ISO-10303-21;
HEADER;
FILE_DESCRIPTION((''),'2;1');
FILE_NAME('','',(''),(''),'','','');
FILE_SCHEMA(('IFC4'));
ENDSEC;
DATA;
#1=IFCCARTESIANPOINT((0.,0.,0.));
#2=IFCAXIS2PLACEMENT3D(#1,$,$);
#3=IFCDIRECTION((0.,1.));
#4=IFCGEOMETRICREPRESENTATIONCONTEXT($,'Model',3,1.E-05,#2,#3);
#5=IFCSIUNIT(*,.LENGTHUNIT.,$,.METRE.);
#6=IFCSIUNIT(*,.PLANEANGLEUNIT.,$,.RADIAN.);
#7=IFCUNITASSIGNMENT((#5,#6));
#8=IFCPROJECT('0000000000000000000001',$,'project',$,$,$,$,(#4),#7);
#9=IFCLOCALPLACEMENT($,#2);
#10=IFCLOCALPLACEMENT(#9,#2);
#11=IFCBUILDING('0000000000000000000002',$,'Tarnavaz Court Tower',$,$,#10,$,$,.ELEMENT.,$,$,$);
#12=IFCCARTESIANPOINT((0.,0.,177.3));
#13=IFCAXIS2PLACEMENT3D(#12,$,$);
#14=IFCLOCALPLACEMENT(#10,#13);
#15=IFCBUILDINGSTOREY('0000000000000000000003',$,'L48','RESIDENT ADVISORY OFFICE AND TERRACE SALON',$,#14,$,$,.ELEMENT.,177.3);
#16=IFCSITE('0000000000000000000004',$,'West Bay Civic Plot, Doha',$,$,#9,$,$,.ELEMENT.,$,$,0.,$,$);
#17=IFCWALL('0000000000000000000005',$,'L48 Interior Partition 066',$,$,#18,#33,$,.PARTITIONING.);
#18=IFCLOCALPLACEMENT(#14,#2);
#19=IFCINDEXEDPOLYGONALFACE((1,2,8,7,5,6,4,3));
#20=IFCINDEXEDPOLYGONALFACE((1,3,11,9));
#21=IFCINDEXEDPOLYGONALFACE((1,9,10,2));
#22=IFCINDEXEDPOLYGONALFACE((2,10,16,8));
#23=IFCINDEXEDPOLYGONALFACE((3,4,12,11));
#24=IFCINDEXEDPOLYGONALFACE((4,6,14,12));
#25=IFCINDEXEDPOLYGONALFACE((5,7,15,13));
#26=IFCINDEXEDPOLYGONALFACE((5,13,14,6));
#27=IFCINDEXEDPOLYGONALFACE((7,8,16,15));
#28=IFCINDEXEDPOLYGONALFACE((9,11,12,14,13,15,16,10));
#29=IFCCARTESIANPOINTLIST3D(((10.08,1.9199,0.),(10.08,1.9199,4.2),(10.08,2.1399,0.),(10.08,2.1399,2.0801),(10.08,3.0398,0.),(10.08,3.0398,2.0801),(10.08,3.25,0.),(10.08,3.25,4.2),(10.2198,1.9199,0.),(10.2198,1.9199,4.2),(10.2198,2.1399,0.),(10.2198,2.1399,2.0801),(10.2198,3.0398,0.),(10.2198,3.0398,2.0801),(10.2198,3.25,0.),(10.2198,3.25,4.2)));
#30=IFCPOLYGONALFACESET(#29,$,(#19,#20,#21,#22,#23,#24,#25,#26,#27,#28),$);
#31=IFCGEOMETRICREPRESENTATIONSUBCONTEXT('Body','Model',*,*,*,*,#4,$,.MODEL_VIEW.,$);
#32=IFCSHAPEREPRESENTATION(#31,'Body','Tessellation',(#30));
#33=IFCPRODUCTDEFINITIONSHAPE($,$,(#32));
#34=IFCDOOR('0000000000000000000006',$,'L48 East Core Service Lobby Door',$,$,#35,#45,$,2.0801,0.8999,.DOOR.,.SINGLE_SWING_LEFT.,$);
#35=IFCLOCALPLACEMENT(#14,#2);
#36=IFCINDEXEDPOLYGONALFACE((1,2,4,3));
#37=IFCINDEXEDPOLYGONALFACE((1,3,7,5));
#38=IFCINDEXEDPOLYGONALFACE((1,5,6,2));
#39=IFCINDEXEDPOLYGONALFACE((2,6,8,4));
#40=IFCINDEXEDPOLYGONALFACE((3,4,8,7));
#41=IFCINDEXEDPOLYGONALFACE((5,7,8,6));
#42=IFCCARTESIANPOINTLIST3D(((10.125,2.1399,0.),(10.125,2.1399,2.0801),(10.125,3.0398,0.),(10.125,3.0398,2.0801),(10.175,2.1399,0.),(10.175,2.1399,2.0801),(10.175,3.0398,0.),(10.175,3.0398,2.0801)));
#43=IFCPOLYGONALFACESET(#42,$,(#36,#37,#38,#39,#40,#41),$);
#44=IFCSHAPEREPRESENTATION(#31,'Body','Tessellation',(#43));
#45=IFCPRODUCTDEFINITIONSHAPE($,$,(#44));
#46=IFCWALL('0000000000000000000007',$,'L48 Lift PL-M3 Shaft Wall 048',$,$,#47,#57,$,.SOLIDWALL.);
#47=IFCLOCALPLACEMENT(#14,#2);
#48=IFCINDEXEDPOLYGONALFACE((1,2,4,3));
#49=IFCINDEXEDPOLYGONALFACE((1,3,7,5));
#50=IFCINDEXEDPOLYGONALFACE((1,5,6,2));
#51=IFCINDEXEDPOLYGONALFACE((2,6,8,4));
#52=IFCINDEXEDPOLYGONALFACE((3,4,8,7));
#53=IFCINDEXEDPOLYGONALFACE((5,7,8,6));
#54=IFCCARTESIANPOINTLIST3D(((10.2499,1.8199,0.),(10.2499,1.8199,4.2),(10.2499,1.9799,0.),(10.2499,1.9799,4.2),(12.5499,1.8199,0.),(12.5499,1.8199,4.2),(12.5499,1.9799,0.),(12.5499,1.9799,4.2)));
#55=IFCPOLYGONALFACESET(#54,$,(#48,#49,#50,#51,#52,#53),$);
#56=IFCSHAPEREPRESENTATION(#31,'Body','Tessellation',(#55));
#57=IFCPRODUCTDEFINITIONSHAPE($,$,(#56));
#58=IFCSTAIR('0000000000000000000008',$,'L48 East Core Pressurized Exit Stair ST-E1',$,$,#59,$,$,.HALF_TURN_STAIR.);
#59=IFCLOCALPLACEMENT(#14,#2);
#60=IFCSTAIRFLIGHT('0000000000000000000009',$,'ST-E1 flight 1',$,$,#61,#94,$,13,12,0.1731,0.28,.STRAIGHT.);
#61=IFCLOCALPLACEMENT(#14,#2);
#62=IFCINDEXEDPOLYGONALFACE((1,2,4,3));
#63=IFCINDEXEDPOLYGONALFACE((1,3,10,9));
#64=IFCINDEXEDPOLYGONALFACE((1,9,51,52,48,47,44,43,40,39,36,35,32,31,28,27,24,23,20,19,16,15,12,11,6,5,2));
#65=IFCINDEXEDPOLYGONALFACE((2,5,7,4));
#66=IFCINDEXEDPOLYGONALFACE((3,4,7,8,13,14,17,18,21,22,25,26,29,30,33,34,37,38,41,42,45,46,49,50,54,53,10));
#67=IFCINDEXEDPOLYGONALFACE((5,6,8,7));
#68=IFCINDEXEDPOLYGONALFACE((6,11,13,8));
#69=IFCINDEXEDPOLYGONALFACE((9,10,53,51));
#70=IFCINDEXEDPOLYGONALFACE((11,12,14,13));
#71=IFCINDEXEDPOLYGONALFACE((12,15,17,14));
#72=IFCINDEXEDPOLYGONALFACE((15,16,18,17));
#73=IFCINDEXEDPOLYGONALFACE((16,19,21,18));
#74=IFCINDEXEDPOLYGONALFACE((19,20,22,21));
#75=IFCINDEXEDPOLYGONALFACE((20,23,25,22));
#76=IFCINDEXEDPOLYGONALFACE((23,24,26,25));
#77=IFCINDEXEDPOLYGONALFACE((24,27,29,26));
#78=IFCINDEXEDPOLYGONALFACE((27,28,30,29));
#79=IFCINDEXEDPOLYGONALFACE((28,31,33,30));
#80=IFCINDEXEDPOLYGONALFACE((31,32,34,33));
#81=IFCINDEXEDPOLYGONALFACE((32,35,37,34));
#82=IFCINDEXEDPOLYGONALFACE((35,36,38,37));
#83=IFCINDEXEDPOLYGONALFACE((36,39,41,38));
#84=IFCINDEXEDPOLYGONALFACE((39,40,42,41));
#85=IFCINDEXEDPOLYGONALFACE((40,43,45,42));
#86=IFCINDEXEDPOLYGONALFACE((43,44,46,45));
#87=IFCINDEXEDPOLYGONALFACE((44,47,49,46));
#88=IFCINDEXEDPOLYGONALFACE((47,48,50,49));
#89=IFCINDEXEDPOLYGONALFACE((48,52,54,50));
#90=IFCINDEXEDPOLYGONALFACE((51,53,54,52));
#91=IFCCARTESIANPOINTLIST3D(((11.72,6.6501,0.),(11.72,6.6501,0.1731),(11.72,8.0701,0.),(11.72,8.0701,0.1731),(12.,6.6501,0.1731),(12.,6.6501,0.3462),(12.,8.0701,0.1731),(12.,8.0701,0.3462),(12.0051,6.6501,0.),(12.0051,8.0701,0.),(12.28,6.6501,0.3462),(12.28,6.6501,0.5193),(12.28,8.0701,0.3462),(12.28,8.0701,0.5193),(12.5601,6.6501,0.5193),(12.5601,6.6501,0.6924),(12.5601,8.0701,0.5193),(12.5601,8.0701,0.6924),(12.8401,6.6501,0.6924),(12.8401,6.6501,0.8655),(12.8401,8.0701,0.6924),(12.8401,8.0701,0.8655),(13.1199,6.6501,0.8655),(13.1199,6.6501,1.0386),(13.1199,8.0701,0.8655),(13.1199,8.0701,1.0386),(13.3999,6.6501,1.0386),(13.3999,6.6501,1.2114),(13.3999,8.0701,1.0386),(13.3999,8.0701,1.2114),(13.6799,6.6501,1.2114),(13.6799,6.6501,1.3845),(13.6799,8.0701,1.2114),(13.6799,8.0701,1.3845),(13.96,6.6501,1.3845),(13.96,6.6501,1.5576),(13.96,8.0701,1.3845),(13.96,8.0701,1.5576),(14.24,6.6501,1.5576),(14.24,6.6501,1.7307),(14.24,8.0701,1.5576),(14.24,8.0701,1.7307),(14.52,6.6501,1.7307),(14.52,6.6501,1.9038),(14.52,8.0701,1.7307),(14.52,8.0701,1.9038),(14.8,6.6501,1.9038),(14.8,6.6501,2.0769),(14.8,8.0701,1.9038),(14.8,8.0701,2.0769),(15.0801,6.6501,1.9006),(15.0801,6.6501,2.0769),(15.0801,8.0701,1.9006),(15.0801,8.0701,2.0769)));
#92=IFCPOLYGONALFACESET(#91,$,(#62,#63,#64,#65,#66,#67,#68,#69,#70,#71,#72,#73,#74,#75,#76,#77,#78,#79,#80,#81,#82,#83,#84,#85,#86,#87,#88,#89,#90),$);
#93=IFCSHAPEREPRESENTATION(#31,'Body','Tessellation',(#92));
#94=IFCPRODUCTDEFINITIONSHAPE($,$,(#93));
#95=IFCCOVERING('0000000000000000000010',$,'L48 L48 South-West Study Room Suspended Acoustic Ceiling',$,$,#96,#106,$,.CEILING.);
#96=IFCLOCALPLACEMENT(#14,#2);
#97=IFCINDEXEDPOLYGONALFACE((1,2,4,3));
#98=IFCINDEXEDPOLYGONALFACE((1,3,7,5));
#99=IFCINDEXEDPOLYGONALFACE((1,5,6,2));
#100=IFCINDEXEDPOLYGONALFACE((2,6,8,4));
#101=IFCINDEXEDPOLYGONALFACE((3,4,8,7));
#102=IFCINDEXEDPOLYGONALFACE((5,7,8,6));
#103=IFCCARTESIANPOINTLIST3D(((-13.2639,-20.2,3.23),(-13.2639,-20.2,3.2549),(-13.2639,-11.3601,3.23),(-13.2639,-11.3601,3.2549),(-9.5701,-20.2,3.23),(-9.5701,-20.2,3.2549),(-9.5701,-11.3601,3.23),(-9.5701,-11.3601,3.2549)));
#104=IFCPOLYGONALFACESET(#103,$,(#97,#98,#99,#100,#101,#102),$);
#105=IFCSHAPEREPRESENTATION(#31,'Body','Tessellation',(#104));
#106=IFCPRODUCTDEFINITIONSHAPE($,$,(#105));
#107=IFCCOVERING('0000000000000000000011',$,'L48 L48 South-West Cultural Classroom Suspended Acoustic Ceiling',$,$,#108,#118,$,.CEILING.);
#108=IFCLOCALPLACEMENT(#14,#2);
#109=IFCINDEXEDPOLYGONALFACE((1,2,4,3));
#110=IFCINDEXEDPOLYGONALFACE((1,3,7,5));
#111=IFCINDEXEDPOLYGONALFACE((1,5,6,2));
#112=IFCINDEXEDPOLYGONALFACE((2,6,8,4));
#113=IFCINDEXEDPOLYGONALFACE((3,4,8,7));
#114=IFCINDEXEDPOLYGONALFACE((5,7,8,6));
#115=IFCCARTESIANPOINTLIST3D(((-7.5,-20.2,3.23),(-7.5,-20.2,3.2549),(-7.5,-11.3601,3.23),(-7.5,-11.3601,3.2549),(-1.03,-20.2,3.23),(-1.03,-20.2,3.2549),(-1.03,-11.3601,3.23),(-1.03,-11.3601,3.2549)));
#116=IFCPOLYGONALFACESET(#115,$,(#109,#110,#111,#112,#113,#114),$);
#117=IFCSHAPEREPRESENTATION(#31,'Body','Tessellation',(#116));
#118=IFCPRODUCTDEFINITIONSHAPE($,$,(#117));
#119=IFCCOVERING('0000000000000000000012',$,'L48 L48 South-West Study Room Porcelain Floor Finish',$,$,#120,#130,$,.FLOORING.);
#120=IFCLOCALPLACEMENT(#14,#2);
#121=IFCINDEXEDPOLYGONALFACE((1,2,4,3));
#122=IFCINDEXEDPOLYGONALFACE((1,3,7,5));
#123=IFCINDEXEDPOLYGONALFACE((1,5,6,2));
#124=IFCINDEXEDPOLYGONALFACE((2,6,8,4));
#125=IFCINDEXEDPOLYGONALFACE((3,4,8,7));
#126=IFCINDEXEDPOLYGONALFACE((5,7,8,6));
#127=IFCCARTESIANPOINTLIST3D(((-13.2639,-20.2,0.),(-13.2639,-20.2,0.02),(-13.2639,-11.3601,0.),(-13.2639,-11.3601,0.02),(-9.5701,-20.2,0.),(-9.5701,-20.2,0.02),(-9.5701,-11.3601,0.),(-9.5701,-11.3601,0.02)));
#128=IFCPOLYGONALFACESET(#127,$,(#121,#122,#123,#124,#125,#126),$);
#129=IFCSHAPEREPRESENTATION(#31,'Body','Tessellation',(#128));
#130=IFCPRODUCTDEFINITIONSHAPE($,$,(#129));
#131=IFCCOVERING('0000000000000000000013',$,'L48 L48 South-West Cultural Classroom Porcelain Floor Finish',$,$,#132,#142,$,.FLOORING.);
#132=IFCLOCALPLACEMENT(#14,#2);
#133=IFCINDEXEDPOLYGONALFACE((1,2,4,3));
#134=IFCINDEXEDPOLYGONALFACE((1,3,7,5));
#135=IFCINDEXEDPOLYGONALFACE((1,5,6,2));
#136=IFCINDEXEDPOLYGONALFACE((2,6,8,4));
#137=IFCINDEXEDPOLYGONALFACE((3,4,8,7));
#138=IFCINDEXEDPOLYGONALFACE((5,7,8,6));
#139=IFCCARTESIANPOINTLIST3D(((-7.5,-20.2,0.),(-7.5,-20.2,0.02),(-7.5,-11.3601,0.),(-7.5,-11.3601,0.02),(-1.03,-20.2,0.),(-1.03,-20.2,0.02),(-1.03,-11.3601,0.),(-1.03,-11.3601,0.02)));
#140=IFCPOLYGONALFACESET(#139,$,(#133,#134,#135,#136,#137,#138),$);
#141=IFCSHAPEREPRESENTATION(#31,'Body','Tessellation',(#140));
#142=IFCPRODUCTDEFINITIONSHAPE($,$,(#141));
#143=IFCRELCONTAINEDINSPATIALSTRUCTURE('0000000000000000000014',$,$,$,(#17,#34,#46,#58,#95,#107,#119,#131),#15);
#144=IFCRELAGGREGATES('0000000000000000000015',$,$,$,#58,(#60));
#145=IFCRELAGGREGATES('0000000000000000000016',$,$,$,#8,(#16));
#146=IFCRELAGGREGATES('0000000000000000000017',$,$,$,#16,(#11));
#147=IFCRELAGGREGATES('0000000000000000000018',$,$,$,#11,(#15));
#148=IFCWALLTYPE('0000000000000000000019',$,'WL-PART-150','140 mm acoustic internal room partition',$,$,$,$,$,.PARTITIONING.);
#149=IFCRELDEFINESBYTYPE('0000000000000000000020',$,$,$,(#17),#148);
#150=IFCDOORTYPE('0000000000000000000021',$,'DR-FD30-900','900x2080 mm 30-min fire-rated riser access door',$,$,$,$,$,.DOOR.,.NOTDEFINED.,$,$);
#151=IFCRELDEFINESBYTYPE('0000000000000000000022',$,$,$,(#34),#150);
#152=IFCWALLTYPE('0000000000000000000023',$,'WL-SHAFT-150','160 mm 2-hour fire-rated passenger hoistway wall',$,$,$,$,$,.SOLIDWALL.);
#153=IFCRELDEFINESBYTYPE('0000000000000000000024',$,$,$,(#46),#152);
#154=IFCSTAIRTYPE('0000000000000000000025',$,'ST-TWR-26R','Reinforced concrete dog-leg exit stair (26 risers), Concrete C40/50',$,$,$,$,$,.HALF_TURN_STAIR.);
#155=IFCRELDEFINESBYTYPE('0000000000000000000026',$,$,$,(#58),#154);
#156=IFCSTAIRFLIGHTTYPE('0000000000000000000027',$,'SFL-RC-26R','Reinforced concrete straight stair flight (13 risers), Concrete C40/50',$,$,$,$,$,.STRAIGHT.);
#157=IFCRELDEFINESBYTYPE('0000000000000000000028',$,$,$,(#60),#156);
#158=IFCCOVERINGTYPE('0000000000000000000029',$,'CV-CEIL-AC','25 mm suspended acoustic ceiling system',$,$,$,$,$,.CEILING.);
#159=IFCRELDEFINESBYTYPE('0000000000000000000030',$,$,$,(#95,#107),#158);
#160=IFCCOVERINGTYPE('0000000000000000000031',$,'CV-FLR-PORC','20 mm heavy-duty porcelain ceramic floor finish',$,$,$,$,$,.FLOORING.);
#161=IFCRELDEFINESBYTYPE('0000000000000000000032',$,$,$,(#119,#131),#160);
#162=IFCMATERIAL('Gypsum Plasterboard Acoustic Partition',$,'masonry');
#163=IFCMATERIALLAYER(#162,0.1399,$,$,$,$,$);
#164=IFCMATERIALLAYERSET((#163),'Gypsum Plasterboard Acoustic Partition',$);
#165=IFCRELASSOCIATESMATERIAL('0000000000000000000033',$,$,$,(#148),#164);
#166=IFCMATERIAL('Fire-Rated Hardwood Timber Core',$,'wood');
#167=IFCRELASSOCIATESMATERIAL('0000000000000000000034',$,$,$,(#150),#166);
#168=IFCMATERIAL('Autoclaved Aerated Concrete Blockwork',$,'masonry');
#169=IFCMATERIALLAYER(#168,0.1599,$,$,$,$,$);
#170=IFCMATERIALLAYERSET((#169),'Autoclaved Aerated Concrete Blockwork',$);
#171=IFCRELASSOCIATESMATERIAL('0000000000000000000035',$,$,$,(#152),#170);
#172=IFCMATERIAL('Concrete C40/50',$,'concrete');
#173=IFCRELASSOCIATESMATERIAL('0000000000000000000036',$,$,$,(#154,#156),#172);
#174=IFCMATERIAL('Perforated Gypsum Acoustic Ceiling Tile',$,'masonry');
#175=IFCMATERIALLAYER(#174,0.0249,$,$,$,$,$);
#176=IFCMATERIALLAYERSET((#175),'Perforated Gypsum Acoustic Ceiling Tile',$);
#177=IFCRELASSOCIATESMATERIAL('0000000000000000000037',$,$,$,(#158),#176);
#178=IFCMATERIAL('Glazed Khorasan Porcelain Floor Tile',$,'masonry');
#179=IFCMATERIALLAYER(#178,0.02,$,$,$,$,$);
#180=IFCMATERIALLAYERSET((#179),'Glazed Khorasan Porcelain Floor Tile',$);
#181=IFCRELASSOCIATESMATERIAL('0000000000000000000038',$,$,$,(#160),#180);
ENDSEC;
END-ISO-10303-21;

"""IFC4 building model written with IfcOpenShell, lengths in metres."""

from ifc_helpers import new_model, si_unit, direction, frame, frame_2d, origin, place, context, subcontext, project, spatial, polyline, rectangle, outline, extrude, material, layer, layer_set, type_object, element, fill, aggregate, save


model = new_model("IFC4")

# Units and contexts
model_context = context("Model", 3, precision=1e-05, world=origin(), true_north=direction((0.0, 1.0)))
body_context = subcontext(model_context, "Body", "Model", "MODEL_VIEW")
ifc_project = project(units=[si_unit("LENGTHUNIT", "METRE"), si_unit("PLANEANGLEUNIT", "RADIAN")], contexts=[model_context])

# Site, building, storey
site_placement = place(None, origin())
site = spatial("IfcSite", under=ifc_project, at=site_placement, Name="West Bay Civic Plot, Doha", CompositionType="ELEMENT", RefElevation=0.0)
building_placement = place(site_placement, origin())
building = spatial("IfcBuilding", under=site, at=building_placement, Name="Tarnavaz Court Tower", CompositionType="ELEMENT")
storey_placement = place(building_placement, frame((0.0, 0.0, 177.3)))
storey = spatial("IfcBuildingStorey", under=building, at=storey_placement, Name="L48", Description="RESIDENT ADVISORY OFFICE AND TERRACE SALON", CompositionType="ELEMENT", Elevation=177.3)

# Shared definitions
ifc_material_1 = material(Name="Fire-Rated Hardwood Timber Core", Category="wood")

# Shared definitions
ifc_material_2 = material(Name="Autoclaved Aerated Concrete Blockwork", Category="masonry")

# Wall, opening, door
ifc_material_3 = material(Name="Gypsum Plasterboard Acoustic Partition", Category="masonry")
ifc_layer_1 = layer(ifc_material_3, 0.1399)
ifc_layer_set_1 = layer_set([ifc_layer_1], Name="Gypsum Plasterboard Acoustic Partition")
wall_type_1 = type_object("IfcWallType", Name="WL-PART-150", Description="140 mm acoustic internal room partition", PredefinedType="PARTITIONING", material=ifc_layer_set_1)
wall_1_placement = place(storey_placement, frame((10.1499, 1.9199, 0.0), z_axis=(0.0, 0.0, 1.0), x_axis=(0.0, 1.0, 0.0)))
wall_1 = element("IfcWall", 1, at=wall_1_placement, inside=storey, type_object=wall_type_1, Name="L48 Interior Partition 066", PredefinedType="PARTITIONING", context=body_context, shape_type="SweptSolid", body=[
    extrude(rectangle(XDim=1.3301, YDim=0.1399, at=frame_2d((0.665, 0.0))), origin(), (0.0, 0.0, 1.0), 4.2),
])
opening_1_placement = place(wall_1_placement, frame((0.22, 0.0, 0.0)))
opening_1 = element("IfcOpeningElement", 2, at=opening_1_placement, cuts=wall_1, PredefinedType="OPENING", context=body_context, shape_type="SweptSolid", body=[
    extrude(rectangle(XDim=0.8999, YDim=2.0801, at=frame_2d((0.45, 1.04))), frame((0.0, 0.0798, 0.0), z_axis=(0.0, -1.0, 0.0), x_axis=(1.0, 0.0, 0.0)), (0.0, 0.0, 1.0), 0.1599),
])
door_type_1 = type_object("IfcDoorType", Name="DR-FD30-900", Description="900x2080 mm 30-min fire-rated riser access door", OperationType="NOTDEFINED", PredefinedType="DOOR", material=ifc_material_1)
door_1_placement = place(opening_1_placement, origin())
door_1 = element("IfcDoor", 3, at=door_1_placement, inside=storey, type_object=door_type_1, Name="L48 East Core Service Lobby Door", OperationType="SINGLE_SWING_LEFT", OverallHeight=2.0801, OverallWidth=0.8999, PredefinedType="DOOR", context=body_context, shape_type="SweptSolid", body=[
    extrude(rectangle(XDim=0.8999, YDim=2.0801, at=frame_2d((0.45, 1.04))), frame((0.0, 0.0249, 0.0), z_axis=(0.0, -1.0, 0.0), x_axis=(1.0, 0.0, 0.0)), (0.0, 0.0, 1.0), 0.05),
])
fill(opening_1, door_1)

# Wall
ifc_layer_2 = layer(ifc_material_2, 0.1599)
ifc_layer_set_2 = layer_set([ifc_layer_2], Name="Autoclaved Aerated Concrete Blockwork")
wall_type_2 = type_object("IfcWallType", Name="WL-SHAFT-150", Description="160 mm 2-hour fire-rated passenger hoistway wall", PredefinedType="SOLIDWALL", material=ifc_layer_set_2)
wall_2_placement = place(storey_placement, frame((10.25, 1.8999, 0.0), z_axis=(0.0, 0.0, 1.0), x_axis=(1.0, 0.0, 0.0)))
element("IfcWall", 4, at=wall_2_placement, inside=storey, type_object=wall_type_2, Name="L48 Lift PL-M3 Shaft Wall 048", PredefinedType="SOLIDWALL", context=body_context, shape_type="SweptSolid", body=[
    extrude(rectangle(XDim=2.3, YDim=0.1599, at=frame_2d((1.1499, 0.0))), origin(), (0.0, 0.0, 1.0), 4.2),
])

# Stair, stair flight
ifc_material_4 = material(Name="Concrete C40/50", Category="concrete")
stair_type = type_object("IfcStairType", Name="ST-TWR-26R", Description="Reinforced concrete dog-leg exit stair (26 risers), Concrete C40/50", PredefinedType="HALF_TURN_STAIR", material=ifc_material_4)
stair_placement = place(storey_placement, origin())
stair = element("IfcStair", 5, at=stair_placement, inside=storey, type_object=stair_type, Name="L48 East Core Pressurized Exit Stair ST-E1", PredefinedType="HALF_TURN_STAIR")
stair_flight_type = type_object("IfcStairFlightType", Name="SFL-RC-26R", Description="Reinforced concrete straight stair flight (13 risers), Concrete C40/50", PredefinedType="STRAIGHT", material=ifc_material_4)
stair_flight_placement = place(storey_placement, frame((11.72, 7.3601, 0.0), z_axis=(0.0, 0.0, 1.0), x_axis=(1.0, 0.0, 0.0)))
stair_flight = element("IfcStairFlight", 6, at=stair_flight_placement, type_object=stair_flight_type, Name="ST-E1 flight 1", NumberOfRisers=13, NumberOfTreads=12, PredefinedType="STRAIGHT", RiserHeight=0.1731, TreadLength=0.28, context=body_context, shape_type="SweptSolid", body=[
    extrude(outline(polyline([(0.0, 0.0), (0.0, 0.1731), (0.28, 0.1731), (0.28, 0.3462), (0.5601, 0.3462), (0.5601, 0.5193), (0.8401, 0.5193), (0.8401, 0.6924), (1.1201, 0.6924), (1.1201, 0.8655), (1.3999, 0.8655), (1.3999, 1.0386), (1.6799, 1.0386), (1.6799, 1.2114), (1.96, 1.2114), (1.96, 1.3845), (2.24, 1.3845), (2.24, 1.5576), (2.52, 1.5576), (2.52, 1.7307), (2.8, 1.7307), (2.8, 1.9038), (3.0801, 1.9038), (3.0801, 2.0769), (3.3601, 2.0769), (3.3601, 2.25), (3.3601, 1.9006), (0.2852, 0.0), (0.0, 0.0)])), frame((0.0, 0.71, 0.0), z_axis=(0.0, -1.0, 0.0), x_axis=(1.0, 0.0, 0.0)), (0.0, 0.0, 1.0), 1.4199),
])
aggregate(stair, [stair_flight])

# Coverings
ifc_material_5 = material(Name="Perforated Gypsum Acoustic Ceiling Tile", Category="masonry")
ifc_layer_3 = layer(ifc_material_5, 0.0249)
ifc_layer_set_3 = layer_set([ifc_layer_3], Name="Perforated Gypsum Acoustic Ceiling Tile")
covering_type_1 = type_object("IfcCoveringType", Name="CV-CEIL-AC", Description="25 mm suspended acoustic ceiling system", PredefinedType="CEILING", material=ifc_layer_set_3)
covering_1_placement = place(storey_placement, frame((0.0, 0.0, 3.23)))
element("IfcCovering", 7, at=covering_1_placement, inside=storey, type_object=covering_type_1, Name="L48 L48 South-West Study Room Suspended Acoustic Ceiling", PredefinedType="CEILING", context=body_context, shape_type="SweptSolid", body=[
    extrude(outline(polyline([(-13.2639, -20.2), (-9.5701, -20.2), (-9.5701, -11.3601), (-13.2639, -11.3601), (-13.2639, -20.2)])), origin(), (0.0, 0.0, 1.0), 0.0249),
])
covering_2_placement = place(storey_placement, frame((0.0, 0.0, 3.23)))
element("IfcCovering", 8, at=covering_2_placement, inside=storey, type_object=covering_type_1, Name="L48 L48 South-West Cultural Classroom Suspended Acoustic Ceiling", PredefinedType="CEILING", context=body_context, shape_type="SweptSolid", body=[
    extrude(outline(polyline([(-7.5, -20.2), (-1.03, -20.2), (-1.03, -11.3601), (-7.5, -11.3601), (-7.5, -20.2)])), origin(), (0.0, 0.0, 1.0), 0.0249),
])
ifc_material_6 = material(Name="Glazed Khorasan Porcelain Floor Tile", Category="masonry")
ifc_layer_4 = layer(ifc_material_6, 0.02)
ifc_layer_set_4 = layer_set([ifc_layer_4], Name="Glazed Khorasan Porcelain Floor Tile")
covering_type_2 = type_object("IfcCoveringType", Name="CV-FLR-PORC", Description="20 mm heavy-duty porcelain ceramic floor finish", PredefinedType="FLOORING", material=ifc_layer_set_4)
covering_3_placement = place(storey_placement, origin())
element("IfcCovering", 9, at=covering_3_placement, inside=storey, type_object=covering_type_2, Name="L48 L48 South-West Study Room Porcelain Floor Finish", PredefinedType="FLOORING", context=body_context, shape_type="SweptSolid", body=[
    extrude(outline(polyline([(-13.2639, -20.2), (-9.5701, -20.2), (-9.5701, -11.3601), (-13.2639, -11.3601), (-13.2639, -20.2)])), origin(), (0.0, 0.0, 1.0), 0.02),
])
covering_4_placement = place(storey_placement, origin())
element("IfcCovering", 10, at=covering_4_placement, inside=storey, type_object=covering_type_2, Name="L48 L48 South-West Cultural Classroom Porcelain Floor Finish", PredefinedType="FLOORING", context=body_context, shape_type="SweptSolid", body=[
    extrude(outline(polyline([(-7.5, -20.2), (-1.03, -20.2), (-1.03, -11.3601), (-7.5, -11.3601), (-7.5, -20.2)])), origin(), (0.0, 0.0, 1.0), 0.02),
])

save(model, "model.ifc")
